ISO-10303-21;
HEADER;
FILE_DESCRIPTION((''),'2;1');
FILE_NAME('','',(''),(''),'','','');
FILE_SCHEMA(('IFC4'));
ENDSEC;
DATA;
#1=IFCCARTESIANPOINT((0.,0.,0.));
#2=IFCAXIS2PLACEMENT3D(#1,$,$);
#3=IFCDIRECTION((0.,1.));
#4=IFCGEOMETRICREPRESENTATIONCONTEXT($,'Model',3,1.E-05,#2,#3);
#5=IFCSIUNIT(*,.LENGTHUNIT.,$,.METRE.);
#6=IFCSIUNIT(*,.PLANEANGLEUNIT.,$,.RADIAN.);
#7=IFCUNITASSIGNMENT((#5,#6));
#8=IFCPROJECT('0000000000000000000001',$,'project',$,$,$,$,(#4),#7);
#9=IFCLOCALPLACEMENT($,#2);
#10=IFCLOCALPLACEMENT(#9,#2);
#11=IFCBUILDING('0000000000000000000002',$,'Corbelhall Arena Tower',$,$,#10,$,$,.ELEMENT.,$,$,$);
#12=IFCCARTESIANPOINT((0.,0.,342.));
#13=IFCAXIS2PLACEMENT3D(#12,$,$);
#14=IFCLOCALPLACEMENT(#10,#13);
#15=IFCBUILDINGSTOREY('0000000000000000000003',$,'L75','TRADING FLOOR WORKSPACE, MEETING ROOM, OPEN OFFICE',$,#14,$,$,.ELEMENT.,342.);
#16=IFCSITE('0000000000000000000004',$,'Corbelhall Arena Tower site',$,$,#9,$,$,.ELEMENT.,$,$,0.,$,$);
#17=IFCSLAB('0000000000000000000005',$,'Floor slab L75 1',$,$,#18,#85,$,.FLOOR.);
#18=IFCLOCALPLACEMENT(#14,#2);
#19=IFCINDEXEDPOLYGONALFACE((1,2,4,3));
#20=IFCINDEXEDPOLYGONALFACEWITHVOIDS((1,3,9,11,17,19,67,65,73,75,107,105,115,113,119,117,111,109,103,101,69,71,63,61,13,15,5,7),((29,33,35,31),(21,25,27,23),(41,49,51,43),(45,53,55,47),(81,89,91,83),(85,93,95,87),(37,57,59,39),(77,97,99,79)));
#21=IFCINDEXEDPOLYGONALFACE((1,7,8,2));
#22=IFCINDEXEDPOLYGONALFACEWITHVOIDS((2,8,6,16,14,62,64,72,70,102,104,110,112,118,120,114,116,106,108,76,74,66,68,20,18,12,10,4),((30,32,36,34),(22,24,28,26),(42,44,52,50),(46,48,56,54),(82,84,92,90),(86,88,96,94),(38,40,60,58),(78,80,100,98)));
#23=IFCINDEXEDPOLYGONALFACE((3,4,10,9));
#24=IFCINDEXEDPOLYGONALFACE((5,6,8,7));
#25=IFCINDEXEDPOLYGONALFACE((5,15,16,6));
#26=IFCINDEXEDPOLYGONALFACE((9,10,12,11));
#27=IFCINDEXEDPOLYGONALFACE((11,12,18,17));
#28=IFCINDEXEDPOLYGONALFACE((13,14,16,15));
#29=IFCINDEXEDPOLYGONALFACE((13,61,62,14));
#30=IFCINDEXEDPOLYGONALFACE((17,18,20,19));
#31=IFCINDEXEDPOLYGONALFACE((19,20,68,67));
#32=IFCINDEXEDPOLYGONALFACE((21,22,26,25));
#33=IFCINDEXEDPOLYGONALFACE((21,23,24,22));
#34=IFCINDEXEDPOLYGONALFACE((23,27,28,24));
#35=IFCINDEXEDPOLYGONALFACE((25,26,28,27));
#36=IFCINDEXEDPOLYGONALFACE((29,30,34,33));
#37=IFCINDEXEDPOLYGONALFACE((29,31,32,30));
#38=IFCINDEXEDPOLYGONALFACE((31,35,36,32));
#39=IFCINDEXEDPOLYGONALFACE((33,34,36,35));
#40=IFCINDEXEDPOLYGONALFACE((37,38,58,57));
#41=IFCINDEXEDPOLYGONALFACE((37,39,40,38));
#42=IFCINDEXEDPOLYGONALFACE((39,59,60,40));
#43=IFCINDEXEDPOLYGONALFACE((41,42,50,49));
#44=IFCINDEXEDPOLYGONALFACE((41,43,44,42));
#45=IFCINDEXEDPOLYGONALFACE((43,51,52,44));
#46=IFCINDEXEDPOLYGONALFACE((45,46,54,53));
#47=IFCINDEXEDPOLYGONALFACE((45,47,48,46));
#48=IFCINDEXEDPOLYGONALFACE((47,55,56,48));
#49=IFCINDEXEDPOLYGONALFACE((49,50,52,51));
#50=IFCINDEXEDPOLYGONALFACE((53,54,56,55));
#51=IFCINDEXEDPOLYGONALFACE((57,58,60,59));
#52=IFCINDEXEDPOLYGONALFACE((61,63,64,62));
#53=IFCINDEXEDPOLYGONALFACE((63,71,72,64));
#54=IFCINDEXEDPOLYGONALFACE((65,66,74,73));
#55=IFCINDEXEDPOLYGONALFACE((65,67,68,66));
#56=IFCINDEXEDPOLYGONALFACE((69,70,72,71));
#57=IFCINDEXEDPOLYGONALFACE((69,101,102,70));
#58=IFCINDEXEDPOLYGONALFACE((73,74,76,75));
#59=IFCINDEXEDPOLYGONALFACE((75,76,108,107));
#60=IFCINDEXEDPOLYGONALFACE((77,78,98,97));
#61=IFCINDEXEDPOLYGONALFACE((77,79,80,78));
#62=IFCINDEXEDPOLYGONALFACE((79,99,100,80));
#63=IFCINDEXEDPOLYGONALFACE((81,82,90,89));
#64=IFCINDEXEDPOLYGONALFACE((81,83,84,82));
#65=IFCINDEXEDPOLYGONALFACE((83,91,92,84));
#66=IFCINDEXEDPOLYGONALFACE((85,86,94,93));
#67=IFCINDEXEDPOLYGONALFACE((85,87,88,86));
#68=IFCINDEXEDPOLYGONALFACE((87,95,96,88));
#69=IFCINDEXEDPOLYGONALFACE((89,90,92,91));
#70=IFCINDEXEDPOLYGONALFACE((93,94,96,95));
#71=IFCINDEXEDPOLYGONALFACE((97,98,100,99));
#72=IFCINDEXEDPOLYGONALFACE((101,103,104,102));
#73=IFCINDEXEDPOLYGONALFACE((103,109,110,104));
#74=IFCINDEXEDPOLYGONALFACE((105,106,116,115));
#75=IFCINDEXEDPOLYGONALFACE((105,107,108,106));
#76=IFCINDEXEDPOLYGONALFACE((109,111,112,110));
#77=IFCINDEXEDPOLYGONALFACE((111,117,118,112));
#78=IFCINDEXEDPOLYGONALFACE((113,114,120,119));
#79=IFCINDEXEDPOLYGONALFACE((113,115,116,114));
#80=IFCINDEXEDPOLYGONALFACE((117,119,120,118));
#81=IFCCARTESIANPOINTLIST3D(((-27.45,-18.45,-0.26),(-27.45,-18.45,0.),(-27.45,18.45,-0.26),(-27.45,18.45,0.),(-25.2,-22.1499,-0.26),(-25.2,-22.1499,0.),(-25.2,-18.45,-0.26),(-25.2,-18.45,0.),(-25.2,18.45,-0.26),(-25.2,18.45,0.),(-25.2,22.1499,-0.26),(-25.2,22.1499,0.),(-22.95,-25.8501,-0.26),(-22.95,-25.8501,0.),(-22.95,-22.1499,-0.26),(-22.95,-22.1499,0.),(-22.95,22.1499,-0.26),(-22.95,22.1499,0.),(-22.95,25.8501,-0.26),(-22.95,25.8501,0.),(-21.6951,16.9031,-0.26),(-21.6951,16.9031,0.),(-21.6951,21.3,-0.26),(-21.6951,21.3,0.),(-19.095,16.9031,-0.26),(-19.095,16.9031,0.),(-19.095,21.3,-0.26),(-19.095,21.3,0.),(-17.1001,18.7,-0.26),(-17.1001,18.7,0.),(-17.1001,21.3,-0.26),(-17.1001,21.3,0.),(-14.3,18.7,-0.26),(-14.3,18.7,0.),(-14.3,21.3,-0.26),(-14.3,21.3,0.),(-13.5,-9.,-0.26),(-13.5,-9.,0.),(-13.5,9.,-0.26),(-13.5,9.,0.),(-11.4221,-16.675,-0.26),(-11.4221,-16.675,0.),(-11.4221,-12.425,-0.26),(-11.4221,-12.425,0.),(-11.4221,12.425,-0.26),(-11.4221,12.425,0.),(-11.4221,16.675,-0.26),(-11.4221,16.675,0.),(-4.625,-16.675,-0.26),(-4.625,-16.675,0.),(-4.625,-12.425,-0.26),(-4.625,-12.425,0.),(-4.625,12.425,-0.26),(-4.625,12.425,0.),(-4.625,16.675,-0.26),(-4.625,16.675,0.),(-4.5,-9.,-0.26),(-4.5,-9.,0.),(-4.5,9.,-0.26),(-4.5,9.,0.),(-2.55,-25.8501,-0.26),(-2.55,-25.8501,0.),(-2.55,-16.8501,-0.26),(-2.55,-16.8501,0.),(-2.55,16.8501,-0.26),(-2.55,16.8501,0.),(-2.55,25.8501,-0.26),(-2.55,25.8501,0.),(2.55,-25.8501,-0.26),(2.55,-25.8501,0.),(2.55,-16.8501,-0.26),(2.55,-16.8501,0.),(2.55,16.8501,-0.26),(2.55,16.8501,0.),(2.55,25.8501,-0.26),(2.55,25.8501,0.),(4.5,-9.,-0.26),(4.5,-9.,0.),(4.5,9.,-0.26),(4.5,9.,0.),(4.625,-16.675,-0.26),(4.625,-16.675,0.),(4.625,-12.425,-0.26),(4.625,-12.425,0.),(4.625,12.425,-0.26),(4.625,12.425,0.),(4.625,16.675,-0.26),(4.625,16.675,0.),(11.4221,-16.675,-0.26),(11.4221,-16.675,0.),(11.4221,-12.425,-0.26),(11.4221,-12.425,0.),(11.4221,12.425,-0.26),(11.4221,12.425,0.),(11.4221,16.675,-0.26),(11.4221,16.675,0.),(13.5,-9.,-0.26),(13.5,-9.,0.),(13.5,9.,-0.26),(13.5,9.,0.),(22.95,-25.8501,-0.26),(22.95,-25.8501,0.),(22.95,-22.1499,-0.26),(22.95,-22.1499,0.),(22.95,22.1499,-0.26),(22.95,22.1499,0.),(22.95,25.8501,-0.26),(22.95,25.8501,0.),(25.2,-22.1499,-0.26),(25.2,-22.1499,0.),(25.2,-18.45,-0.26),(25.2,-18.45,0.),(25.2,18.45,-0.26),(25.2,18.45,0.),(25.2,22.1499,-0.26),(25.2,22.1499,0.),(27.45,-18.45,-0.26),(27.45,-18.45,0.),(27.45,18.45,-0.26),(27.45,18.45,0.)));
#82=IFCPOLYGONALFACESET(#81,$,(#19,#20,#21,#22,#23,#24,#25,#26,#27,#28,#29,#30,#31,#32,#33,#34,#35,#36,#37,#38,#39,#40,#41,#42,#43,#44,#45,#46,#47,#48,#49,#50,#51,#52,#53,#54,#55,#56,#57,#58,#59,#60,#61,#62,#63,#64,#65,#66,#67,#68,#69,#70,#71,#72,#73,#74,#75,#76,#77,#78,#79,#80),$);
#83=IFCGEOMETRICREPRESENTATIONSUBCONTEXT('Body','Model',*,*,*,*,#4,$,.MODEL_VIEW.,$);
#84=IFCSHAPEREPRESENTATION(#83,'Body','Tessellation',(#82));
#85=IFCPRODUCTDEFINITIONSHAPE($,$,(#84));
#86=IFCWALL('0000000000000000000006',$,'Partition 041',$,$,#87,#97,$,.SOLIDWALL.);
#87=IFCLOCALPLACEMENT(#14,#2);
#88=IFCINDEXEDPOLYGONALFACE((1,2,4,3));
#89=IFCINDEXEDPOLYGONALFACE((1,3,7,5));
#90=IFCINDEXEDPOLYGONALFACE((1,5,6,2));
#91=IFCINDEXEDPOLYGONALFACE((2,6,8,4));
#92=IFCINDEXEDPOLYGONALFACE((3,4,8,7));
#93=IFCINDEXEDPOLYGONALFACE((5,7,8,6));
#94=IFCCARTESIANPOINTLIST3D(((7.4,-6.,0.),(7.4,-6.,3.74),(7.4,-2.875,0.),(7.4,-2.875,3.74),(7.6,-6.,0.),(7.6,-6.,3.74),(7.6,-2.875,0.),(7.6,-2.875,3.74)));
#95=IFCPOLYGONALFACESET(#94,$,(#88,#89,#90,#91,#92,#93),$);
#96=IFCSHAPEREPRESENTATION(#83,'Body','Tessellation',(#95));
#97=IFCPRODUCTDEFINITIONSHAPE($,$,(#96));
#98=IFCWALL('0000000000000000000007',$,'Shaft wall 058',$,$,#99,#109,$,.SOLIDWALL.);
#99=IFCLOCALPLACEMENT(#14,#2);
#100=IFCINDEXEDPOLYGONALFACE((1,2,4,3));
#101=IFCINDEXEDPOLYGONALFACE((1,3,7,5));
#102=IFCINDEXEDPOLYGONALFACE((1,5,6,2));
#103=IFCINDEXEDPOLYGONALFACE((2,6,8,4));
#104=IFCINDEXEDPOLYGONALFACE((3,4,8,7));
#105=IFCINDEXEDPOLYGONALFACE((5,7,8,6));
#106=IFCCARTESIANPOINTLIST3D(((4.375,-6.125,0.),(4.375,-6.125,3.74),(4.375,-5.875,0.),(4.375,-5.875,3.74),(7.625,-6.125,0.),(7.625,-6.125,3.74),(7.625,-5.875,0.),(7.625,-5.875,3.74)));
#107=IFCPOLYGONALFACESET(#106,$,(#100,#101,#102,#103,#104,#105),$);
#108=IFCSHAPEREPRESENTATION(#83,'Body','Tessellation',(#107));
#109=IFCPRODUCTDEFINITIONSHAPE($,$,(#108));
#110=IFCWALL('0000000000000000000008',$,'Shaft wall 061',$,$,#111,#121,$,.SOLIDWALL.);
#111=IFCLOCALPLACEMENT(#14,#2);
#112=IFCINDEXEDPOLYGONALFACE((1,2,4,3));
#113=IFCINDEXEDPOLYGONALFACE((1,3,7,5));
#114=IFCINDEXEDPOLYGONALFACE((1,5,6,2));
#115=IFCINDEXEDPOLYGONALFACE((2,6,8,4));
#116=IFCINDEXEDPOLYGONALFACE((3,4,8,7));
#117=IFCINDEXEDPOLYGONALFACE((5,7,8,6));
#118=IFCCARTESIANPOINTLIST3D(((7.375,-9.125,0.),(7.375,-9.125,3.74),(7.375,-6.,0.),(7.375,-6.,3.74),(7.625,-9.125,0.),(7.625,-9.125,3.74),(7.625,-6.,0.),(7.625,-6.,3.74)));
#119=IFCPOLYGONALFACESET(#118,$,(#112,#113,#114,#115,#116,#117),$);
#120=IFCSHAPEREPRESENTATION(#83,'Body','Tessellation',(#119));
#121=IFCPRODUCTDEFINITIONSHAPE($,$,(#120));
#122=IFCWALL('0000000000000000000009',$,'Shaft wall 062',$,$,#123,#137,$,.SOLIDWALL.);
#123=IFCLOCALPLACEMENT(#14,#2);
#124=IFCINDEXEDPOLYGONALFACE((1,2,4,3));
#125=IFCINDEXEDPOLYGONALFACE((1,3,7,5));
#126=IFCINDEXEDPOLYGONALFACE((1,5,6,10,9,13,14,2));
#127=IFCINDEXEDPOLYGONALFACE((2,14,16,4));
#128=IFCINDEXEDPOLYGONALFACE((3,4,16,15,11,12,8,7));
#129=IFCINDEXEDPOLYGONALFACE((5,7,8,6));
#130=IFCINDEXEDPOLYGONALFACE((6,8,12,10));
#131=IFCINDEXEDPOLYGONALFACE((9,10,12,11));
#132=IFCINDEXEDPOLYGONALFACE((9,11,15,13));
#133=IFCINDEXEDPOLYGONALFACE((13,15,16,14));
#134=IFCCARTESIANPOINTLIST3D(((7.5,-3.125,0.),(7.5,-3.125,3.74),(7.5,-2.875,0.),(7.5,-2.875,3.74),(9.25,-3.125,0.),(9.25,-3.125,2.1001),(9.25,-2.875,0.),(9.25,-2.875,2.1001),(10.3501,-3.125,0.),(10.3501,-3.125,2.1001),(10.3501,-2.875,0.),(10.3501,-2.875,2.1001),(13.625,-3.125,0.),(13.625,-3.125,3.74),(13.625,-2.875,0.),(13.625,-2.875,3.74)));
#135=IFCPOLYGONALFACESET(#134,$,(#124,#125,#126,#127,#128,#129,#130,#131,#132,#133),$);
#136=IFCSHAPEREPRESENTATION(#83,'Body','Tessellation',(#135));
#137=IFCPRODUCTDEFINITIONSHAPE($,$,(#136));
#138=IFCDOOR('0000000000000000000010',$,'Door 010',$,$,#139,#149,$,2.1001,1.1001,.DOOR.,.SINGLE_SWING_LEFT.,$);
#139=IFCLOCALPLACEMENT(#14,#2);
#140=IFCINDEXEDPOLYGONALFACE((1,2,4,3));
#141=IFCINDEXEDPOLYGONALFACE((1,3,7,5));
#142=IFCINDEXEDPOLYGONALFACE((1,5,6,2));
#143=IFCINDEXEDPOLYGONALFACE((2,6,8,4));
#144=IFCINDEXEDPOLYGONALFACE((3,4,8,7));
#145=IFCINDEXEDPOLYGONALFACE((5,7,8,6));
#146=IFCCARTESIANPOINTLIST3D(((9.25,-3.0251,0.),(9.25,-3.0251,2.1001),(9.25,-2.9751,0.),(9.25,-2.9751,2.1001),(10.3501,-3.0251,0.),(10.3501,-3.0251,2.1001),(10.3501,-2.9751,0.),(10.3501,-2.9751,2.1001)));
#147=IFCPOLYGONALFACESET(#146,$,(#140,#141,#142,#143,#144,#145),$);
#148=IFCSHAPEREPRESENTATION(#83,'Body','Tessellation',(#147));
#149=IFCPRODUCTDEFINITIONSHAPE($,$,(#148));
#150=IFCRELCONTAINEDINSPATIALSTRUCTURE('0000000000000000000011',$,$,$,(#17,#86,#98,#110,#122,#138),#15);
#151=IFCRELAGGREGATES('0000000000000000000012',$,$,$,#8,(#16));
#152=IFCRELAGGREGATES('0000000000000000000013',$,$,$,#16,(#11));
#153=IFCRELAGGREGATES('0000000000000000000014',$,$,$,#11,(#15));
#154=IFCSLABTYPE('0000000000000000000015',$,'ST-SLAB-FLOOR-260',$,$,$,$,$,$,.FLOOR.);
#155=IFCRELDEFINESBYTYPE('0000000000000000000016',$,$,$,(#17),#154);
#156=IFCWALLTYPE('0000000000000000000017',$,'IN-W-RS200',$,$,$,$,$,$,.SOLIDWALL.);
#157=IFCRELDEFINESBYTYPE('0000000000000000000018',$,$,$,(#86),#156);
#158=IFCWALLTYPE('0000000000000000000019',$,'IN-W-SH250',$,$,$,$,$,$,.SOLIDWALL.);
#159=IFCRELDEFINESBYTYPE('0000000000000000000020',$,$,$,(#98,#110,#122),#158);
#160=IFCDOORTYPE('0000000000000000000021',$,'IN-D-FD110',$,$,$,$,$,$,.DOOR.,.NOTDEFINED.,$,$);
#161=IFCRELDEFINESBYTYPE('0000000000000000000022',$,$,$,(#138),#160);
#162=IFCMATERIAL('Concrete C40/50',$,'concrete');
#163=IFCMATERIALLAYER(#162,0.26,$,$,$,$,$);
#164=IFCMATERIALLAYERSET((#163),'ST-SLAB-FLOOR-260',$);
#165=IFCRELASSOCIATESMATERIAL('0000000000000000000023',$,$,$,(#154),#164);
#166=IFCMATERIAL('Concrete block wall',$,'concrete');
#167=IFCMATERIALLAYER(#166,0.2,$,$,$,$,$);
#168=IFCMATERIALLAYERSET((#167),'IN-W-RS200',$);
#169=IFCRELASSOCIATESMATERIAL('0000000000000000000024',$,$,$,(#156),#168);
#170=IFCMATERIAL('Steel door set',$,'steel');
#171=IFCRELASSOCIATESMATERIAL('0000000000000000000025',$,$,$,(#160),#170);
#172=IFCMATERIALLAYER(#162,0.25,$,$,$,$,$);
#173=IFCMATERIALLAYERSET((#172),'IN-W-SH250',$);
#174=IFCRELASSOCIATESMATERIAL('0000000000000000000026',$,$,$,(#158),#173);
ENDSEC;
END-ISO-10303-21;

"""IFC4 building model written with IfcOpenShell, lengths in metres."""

from ifc_helpers import new_model, si_unit, direction, frame, frame_2d, origin, place, context, subcontext, project, spatial, polyline, rectangle, outline, extrude, material, layer, layer_set, type_object, element, fill, save


model = new_model("IFC4")

# Units and contexts
model_context = context("Model", 3, precision=1e-05, world=origin(), true_north=direction((0.0, 1.0)))
body_context = subcontext(model_context, "Body", "Model", "MODEL_VIEW")
ifc_project = project(units=[si_unit("LENGTHUNIT", "METRE"), si_unit("PLANEANGLEUNIT", "RADIAN")], contexts=[model_context])

# Site, building, storey
site_placement = place(None, origin())
site = spatial("IfcSite", under=ifc_project, at=site_placement, Name="Corbelhall Arena Tower site", CompositionType="ELEMENT", RefElevation=0.0)
building_placement = place(site_placement, origin())
building = spatial("IfcBuilding", under=site, at=building_placement, Name="Corbelhall Arena Tower", CompositionType="ELEMENT")
storey_placement = place(building_placement, frame((0.0, 0.0, 342.0)))
storey = spatial("IfcBuildingStorey", under=building, at=storey_placement, Name="L75", Description="TRADING FLOOR WORKSPACE, MEETING ROOM, OPEN OFFICE", CompositionType="ELEMENT", Elevation=342.0)

# Shared definitions
ifc_material_1 = material(Name="Concrete C40/50", Category="concrete")

# Slab
ifc_layer_1 = layer(ifc_material_1, 0.26)
ifc_layer_set_1 = layer_set([ifc_layer_1], Name="ST-SLAB-FLOOR-260")
slab_type_1 = type_object("IfcSlabType", Name="ST-SLAB-FLOOR-260", PredefinedType="FLOOR", material=ifc_layer_set_1)
slab_1_placement = place(storey_placement, frame((0.0, 0.0, -0.26)))
element("IfcSlab", 1, at=slab_1_placement, inside=storey, type_object=slab_type_1, Name="Floor slab L75 1", PredefinedType="FLOOR", context=body_context, shape_type="SweptSolid", body=[
    extrude(outline(polyline([(22.95, 25.8501), (2.55, 25.8501), (2.55, 16.8501), (-2.55, 16.8501), (-2.55, 25.8501), (-22.95, 25.8501), (-22.95, 22.1499), (-25.2, 22.1499), (-25.2, 18.45), (-27.45, 18.45), (-27.45, -18.45), (-25.2, -18.45), (-25.2, -22.1499), (-22.95, -22.1499), (-22.95, -25.8501), (-2.55, -25.8501), (-2.55, -16.8501), (2.55, -16.8501), (2.55, -25.8501), (22.95, -25.8501), (22.95, -22.1499), (25.2, -22.1499), (25.2, -18.45), (27.45, -18.45), (27.45, 18.45), (25.2, 18.45), (25.2, 22.1499), (22.95, 22.1499), (22.95, 25.8501)]), holes=[polyline([(-13.5, 9.0), (-13.5, -9.0), (-4.5, -9.0), (-4.5, 9.0), (-13.5, 9.0)]), polyline([(4.5, 9.0), (4.5, -9.0), (13.5, -9.0), (13.5, 9.0), (4.5, 9.0)]), polyline([(-4.625, 16.675), (-11.4221, 16.675), (-11.4221, 12.425), (-4.625, 12.425), (-4.625, 16.675)]), polyline([(-4.625, -16.675), (-4.625, -12.425), (-11.4221, -12.425), (-11.4221, -16.675), (-4.625, -16.675)]), polyline([(11.4221, 16.675), (4.625, 16.675), (4.625, 12.425), (11.4221, 12.425), (11.4221, 16.675)]), polyline([(11.4221, -16.675), (11.4221, -12.425), (4.625, -12.425), (4.625, -16.675), (11.4221, -16.675)]), polyline([(-21.6951, 21.3), (-21.6951, 16.9031), (-19.095, 16.9031), (-19.095, 21.3), (-21.6951, 21.3)]), polyline([(-14.3, 21.3), (-17.1001, 21.3), (-17.1001, 18.7), (-14.3, 18.7), (-14.3, 21.3)])]), origin(), (0.0, 0.0, 1.0), 0.26),
])

# Wall
ifc_material_2 = material(Name="Concrete block wall", Category="concrete")
ifc_layer_2 = layer(ifc_material_2, 0.2)
ifc_layer_set_2 = layer_set([ifc_layer_2], Name="IN-W-RS200")
wall_type_1 = type_object("IfcWallType", Name="IN-W-RS200", PredefinedType="SOLIDWALL", material=ifc_layer_set_2)
wall_1_placement = place(storey_placement, frame((7.5, -2.875, 0.0), z_axis=(0.0, 0.0, 1.0), x_axis=(0.0, -1.0, 0.0)))
element("IfcWall", 2, at=wall_1_placement, inside=storey, type_object=wall_type_1, Name="Partition 041", PredefinedType="SOLIDWALL", context=body_context, shape_type="SweptSolid", body=[
    extrude(rectangle(XDim=3.125, YDim=0.2, at=frame_2d((1.5625, 0.0))), origin(), (0.0, 0.0, 1.0), 3.74),
])

# Shared definitions
ifc_material_3 = material(Name="Steel door set", Category="steel")
door_type_1 = type_object("IfcDoorType", Name="IN-D-FD110", OperationType="NOTDEFINED", PredefinedType="DOOR", material=ifc_material_3)

# Walls
ifc_layer_3 = layer(ifc_material_1, 0.25)
ifc_layer_set_3 = layer_set([ifc_layer_3], Name="IN-W-SH250")
wall_type_2 = type_object("IfcWallType", Name="IN-W-SH250", PredefinedType="SOLIDWALL", material=ifc_layer_set_3)
wall_2_placement = place(storey_placement, frame((4.375, -6.0, 0.0), z_axis=(0.0, 0.0, 1.0), x_axis=(1.0, 0.0, 0.0)))
element("IfcWall", 3, at=wall_2_placement, inside=storey, type_object=wall_type_2, Name="Shaft wall 058", PredefinedType="SOLIDWALL", context=body_context, shape_type="SweptSolid", body=[
    extrude(rectangle(XDim=3.25, YDim=0.25, at=frame_2d((1.625, 0.0))), origin(), (0.0, 0.0, 1.0), 3.74),
])
wall_3_placement = place(storey_placement, frame((7.5, -6.0, 0.0), z_axis=(0.0, 0.0, 1.0), x_axis=(0.0, -1.0, 0.0)))
element("IfcWall", 4, at=wall_3_placement, inside=storey, type_object=wall_type_2, Name="Shaft wall 061", PredefinedType="SOLIDWALL", context=body_context, shape_type="SweptSolid", body=[
    extrude(rectangle(XDim=3.125, YDim=0.25, at=frame_2d((1.5625, 0.0))), origin(), (0.0, 0.0, 1.0), 3.74),
])

# Wall, opening, door
wall_4_placement = place(storey_placement, frame((7.5, -3.0, 0.0), z_axis=(0.0, 0.0, 1.0), x_axis=(1.0, 0.0, 0.0)))
wall_4 = element("IfcWall", 5, at=wall_4_placement, inside=storey, type_object=wall_type_2, Name="Shaft wall 062", PredefinedType="SOLIDWALL", context=body_context, shape_type="SweptSolid", body=[
    extrude(rectangle(XDim=6.125, YDim=0.25, at=frame_2d((3.0625, 0.0))), origin(), (0.0, 0.0, 1.0), 3.74),
])
opening_1_placement = place(wall_4_placement, frame((1.75, 0.0, 0.0)))
opening_1 = element("IfcOpeningElement", 6, at=opening_1_placement, cuts=wall_4, PredefinedType="OPENING", context=body_context, shape_type="SweptSolid", body=[
    extrude(rectangle(XDim=1.1001, YDim=2.1001, at=frame_2d((0.55, 1.05))), frame((0.0, 0.125, 0.0), z_axis=(0.0, -1.0, 0.0), x_axis=(1.0, 0.0, 0.0)), (0.0, 0.0, 1.0), 0.25),
])
door_1_placement = place(opening_1_placement, origin())
door_1 = element("IfcDoor", 7, at=door_1_placement, inside=storey, type_object=door_type_1, Name="Door 010", OperationType="SINGLE_SWING_LEFT", OverallHeight=2.1001, OverallWidth=1.1001, PredefinedType="DOOR", context=body_context, shape_type="SweptSolid", body=[
    extrude(rectangle(XDim=1.1001, YDim=2.1001, at=frame_2d((0.55, 1.05))), frame((0.0, 0.0249, 0.0), z_axis=(0.0, -1.0, 0.0), x_axis=(1.0, 0.0, 0.0)), (0.0, 0.0, 1.0), 0.05),
])
fill(opening_1, door_1)

save(model, "model.ifc")
